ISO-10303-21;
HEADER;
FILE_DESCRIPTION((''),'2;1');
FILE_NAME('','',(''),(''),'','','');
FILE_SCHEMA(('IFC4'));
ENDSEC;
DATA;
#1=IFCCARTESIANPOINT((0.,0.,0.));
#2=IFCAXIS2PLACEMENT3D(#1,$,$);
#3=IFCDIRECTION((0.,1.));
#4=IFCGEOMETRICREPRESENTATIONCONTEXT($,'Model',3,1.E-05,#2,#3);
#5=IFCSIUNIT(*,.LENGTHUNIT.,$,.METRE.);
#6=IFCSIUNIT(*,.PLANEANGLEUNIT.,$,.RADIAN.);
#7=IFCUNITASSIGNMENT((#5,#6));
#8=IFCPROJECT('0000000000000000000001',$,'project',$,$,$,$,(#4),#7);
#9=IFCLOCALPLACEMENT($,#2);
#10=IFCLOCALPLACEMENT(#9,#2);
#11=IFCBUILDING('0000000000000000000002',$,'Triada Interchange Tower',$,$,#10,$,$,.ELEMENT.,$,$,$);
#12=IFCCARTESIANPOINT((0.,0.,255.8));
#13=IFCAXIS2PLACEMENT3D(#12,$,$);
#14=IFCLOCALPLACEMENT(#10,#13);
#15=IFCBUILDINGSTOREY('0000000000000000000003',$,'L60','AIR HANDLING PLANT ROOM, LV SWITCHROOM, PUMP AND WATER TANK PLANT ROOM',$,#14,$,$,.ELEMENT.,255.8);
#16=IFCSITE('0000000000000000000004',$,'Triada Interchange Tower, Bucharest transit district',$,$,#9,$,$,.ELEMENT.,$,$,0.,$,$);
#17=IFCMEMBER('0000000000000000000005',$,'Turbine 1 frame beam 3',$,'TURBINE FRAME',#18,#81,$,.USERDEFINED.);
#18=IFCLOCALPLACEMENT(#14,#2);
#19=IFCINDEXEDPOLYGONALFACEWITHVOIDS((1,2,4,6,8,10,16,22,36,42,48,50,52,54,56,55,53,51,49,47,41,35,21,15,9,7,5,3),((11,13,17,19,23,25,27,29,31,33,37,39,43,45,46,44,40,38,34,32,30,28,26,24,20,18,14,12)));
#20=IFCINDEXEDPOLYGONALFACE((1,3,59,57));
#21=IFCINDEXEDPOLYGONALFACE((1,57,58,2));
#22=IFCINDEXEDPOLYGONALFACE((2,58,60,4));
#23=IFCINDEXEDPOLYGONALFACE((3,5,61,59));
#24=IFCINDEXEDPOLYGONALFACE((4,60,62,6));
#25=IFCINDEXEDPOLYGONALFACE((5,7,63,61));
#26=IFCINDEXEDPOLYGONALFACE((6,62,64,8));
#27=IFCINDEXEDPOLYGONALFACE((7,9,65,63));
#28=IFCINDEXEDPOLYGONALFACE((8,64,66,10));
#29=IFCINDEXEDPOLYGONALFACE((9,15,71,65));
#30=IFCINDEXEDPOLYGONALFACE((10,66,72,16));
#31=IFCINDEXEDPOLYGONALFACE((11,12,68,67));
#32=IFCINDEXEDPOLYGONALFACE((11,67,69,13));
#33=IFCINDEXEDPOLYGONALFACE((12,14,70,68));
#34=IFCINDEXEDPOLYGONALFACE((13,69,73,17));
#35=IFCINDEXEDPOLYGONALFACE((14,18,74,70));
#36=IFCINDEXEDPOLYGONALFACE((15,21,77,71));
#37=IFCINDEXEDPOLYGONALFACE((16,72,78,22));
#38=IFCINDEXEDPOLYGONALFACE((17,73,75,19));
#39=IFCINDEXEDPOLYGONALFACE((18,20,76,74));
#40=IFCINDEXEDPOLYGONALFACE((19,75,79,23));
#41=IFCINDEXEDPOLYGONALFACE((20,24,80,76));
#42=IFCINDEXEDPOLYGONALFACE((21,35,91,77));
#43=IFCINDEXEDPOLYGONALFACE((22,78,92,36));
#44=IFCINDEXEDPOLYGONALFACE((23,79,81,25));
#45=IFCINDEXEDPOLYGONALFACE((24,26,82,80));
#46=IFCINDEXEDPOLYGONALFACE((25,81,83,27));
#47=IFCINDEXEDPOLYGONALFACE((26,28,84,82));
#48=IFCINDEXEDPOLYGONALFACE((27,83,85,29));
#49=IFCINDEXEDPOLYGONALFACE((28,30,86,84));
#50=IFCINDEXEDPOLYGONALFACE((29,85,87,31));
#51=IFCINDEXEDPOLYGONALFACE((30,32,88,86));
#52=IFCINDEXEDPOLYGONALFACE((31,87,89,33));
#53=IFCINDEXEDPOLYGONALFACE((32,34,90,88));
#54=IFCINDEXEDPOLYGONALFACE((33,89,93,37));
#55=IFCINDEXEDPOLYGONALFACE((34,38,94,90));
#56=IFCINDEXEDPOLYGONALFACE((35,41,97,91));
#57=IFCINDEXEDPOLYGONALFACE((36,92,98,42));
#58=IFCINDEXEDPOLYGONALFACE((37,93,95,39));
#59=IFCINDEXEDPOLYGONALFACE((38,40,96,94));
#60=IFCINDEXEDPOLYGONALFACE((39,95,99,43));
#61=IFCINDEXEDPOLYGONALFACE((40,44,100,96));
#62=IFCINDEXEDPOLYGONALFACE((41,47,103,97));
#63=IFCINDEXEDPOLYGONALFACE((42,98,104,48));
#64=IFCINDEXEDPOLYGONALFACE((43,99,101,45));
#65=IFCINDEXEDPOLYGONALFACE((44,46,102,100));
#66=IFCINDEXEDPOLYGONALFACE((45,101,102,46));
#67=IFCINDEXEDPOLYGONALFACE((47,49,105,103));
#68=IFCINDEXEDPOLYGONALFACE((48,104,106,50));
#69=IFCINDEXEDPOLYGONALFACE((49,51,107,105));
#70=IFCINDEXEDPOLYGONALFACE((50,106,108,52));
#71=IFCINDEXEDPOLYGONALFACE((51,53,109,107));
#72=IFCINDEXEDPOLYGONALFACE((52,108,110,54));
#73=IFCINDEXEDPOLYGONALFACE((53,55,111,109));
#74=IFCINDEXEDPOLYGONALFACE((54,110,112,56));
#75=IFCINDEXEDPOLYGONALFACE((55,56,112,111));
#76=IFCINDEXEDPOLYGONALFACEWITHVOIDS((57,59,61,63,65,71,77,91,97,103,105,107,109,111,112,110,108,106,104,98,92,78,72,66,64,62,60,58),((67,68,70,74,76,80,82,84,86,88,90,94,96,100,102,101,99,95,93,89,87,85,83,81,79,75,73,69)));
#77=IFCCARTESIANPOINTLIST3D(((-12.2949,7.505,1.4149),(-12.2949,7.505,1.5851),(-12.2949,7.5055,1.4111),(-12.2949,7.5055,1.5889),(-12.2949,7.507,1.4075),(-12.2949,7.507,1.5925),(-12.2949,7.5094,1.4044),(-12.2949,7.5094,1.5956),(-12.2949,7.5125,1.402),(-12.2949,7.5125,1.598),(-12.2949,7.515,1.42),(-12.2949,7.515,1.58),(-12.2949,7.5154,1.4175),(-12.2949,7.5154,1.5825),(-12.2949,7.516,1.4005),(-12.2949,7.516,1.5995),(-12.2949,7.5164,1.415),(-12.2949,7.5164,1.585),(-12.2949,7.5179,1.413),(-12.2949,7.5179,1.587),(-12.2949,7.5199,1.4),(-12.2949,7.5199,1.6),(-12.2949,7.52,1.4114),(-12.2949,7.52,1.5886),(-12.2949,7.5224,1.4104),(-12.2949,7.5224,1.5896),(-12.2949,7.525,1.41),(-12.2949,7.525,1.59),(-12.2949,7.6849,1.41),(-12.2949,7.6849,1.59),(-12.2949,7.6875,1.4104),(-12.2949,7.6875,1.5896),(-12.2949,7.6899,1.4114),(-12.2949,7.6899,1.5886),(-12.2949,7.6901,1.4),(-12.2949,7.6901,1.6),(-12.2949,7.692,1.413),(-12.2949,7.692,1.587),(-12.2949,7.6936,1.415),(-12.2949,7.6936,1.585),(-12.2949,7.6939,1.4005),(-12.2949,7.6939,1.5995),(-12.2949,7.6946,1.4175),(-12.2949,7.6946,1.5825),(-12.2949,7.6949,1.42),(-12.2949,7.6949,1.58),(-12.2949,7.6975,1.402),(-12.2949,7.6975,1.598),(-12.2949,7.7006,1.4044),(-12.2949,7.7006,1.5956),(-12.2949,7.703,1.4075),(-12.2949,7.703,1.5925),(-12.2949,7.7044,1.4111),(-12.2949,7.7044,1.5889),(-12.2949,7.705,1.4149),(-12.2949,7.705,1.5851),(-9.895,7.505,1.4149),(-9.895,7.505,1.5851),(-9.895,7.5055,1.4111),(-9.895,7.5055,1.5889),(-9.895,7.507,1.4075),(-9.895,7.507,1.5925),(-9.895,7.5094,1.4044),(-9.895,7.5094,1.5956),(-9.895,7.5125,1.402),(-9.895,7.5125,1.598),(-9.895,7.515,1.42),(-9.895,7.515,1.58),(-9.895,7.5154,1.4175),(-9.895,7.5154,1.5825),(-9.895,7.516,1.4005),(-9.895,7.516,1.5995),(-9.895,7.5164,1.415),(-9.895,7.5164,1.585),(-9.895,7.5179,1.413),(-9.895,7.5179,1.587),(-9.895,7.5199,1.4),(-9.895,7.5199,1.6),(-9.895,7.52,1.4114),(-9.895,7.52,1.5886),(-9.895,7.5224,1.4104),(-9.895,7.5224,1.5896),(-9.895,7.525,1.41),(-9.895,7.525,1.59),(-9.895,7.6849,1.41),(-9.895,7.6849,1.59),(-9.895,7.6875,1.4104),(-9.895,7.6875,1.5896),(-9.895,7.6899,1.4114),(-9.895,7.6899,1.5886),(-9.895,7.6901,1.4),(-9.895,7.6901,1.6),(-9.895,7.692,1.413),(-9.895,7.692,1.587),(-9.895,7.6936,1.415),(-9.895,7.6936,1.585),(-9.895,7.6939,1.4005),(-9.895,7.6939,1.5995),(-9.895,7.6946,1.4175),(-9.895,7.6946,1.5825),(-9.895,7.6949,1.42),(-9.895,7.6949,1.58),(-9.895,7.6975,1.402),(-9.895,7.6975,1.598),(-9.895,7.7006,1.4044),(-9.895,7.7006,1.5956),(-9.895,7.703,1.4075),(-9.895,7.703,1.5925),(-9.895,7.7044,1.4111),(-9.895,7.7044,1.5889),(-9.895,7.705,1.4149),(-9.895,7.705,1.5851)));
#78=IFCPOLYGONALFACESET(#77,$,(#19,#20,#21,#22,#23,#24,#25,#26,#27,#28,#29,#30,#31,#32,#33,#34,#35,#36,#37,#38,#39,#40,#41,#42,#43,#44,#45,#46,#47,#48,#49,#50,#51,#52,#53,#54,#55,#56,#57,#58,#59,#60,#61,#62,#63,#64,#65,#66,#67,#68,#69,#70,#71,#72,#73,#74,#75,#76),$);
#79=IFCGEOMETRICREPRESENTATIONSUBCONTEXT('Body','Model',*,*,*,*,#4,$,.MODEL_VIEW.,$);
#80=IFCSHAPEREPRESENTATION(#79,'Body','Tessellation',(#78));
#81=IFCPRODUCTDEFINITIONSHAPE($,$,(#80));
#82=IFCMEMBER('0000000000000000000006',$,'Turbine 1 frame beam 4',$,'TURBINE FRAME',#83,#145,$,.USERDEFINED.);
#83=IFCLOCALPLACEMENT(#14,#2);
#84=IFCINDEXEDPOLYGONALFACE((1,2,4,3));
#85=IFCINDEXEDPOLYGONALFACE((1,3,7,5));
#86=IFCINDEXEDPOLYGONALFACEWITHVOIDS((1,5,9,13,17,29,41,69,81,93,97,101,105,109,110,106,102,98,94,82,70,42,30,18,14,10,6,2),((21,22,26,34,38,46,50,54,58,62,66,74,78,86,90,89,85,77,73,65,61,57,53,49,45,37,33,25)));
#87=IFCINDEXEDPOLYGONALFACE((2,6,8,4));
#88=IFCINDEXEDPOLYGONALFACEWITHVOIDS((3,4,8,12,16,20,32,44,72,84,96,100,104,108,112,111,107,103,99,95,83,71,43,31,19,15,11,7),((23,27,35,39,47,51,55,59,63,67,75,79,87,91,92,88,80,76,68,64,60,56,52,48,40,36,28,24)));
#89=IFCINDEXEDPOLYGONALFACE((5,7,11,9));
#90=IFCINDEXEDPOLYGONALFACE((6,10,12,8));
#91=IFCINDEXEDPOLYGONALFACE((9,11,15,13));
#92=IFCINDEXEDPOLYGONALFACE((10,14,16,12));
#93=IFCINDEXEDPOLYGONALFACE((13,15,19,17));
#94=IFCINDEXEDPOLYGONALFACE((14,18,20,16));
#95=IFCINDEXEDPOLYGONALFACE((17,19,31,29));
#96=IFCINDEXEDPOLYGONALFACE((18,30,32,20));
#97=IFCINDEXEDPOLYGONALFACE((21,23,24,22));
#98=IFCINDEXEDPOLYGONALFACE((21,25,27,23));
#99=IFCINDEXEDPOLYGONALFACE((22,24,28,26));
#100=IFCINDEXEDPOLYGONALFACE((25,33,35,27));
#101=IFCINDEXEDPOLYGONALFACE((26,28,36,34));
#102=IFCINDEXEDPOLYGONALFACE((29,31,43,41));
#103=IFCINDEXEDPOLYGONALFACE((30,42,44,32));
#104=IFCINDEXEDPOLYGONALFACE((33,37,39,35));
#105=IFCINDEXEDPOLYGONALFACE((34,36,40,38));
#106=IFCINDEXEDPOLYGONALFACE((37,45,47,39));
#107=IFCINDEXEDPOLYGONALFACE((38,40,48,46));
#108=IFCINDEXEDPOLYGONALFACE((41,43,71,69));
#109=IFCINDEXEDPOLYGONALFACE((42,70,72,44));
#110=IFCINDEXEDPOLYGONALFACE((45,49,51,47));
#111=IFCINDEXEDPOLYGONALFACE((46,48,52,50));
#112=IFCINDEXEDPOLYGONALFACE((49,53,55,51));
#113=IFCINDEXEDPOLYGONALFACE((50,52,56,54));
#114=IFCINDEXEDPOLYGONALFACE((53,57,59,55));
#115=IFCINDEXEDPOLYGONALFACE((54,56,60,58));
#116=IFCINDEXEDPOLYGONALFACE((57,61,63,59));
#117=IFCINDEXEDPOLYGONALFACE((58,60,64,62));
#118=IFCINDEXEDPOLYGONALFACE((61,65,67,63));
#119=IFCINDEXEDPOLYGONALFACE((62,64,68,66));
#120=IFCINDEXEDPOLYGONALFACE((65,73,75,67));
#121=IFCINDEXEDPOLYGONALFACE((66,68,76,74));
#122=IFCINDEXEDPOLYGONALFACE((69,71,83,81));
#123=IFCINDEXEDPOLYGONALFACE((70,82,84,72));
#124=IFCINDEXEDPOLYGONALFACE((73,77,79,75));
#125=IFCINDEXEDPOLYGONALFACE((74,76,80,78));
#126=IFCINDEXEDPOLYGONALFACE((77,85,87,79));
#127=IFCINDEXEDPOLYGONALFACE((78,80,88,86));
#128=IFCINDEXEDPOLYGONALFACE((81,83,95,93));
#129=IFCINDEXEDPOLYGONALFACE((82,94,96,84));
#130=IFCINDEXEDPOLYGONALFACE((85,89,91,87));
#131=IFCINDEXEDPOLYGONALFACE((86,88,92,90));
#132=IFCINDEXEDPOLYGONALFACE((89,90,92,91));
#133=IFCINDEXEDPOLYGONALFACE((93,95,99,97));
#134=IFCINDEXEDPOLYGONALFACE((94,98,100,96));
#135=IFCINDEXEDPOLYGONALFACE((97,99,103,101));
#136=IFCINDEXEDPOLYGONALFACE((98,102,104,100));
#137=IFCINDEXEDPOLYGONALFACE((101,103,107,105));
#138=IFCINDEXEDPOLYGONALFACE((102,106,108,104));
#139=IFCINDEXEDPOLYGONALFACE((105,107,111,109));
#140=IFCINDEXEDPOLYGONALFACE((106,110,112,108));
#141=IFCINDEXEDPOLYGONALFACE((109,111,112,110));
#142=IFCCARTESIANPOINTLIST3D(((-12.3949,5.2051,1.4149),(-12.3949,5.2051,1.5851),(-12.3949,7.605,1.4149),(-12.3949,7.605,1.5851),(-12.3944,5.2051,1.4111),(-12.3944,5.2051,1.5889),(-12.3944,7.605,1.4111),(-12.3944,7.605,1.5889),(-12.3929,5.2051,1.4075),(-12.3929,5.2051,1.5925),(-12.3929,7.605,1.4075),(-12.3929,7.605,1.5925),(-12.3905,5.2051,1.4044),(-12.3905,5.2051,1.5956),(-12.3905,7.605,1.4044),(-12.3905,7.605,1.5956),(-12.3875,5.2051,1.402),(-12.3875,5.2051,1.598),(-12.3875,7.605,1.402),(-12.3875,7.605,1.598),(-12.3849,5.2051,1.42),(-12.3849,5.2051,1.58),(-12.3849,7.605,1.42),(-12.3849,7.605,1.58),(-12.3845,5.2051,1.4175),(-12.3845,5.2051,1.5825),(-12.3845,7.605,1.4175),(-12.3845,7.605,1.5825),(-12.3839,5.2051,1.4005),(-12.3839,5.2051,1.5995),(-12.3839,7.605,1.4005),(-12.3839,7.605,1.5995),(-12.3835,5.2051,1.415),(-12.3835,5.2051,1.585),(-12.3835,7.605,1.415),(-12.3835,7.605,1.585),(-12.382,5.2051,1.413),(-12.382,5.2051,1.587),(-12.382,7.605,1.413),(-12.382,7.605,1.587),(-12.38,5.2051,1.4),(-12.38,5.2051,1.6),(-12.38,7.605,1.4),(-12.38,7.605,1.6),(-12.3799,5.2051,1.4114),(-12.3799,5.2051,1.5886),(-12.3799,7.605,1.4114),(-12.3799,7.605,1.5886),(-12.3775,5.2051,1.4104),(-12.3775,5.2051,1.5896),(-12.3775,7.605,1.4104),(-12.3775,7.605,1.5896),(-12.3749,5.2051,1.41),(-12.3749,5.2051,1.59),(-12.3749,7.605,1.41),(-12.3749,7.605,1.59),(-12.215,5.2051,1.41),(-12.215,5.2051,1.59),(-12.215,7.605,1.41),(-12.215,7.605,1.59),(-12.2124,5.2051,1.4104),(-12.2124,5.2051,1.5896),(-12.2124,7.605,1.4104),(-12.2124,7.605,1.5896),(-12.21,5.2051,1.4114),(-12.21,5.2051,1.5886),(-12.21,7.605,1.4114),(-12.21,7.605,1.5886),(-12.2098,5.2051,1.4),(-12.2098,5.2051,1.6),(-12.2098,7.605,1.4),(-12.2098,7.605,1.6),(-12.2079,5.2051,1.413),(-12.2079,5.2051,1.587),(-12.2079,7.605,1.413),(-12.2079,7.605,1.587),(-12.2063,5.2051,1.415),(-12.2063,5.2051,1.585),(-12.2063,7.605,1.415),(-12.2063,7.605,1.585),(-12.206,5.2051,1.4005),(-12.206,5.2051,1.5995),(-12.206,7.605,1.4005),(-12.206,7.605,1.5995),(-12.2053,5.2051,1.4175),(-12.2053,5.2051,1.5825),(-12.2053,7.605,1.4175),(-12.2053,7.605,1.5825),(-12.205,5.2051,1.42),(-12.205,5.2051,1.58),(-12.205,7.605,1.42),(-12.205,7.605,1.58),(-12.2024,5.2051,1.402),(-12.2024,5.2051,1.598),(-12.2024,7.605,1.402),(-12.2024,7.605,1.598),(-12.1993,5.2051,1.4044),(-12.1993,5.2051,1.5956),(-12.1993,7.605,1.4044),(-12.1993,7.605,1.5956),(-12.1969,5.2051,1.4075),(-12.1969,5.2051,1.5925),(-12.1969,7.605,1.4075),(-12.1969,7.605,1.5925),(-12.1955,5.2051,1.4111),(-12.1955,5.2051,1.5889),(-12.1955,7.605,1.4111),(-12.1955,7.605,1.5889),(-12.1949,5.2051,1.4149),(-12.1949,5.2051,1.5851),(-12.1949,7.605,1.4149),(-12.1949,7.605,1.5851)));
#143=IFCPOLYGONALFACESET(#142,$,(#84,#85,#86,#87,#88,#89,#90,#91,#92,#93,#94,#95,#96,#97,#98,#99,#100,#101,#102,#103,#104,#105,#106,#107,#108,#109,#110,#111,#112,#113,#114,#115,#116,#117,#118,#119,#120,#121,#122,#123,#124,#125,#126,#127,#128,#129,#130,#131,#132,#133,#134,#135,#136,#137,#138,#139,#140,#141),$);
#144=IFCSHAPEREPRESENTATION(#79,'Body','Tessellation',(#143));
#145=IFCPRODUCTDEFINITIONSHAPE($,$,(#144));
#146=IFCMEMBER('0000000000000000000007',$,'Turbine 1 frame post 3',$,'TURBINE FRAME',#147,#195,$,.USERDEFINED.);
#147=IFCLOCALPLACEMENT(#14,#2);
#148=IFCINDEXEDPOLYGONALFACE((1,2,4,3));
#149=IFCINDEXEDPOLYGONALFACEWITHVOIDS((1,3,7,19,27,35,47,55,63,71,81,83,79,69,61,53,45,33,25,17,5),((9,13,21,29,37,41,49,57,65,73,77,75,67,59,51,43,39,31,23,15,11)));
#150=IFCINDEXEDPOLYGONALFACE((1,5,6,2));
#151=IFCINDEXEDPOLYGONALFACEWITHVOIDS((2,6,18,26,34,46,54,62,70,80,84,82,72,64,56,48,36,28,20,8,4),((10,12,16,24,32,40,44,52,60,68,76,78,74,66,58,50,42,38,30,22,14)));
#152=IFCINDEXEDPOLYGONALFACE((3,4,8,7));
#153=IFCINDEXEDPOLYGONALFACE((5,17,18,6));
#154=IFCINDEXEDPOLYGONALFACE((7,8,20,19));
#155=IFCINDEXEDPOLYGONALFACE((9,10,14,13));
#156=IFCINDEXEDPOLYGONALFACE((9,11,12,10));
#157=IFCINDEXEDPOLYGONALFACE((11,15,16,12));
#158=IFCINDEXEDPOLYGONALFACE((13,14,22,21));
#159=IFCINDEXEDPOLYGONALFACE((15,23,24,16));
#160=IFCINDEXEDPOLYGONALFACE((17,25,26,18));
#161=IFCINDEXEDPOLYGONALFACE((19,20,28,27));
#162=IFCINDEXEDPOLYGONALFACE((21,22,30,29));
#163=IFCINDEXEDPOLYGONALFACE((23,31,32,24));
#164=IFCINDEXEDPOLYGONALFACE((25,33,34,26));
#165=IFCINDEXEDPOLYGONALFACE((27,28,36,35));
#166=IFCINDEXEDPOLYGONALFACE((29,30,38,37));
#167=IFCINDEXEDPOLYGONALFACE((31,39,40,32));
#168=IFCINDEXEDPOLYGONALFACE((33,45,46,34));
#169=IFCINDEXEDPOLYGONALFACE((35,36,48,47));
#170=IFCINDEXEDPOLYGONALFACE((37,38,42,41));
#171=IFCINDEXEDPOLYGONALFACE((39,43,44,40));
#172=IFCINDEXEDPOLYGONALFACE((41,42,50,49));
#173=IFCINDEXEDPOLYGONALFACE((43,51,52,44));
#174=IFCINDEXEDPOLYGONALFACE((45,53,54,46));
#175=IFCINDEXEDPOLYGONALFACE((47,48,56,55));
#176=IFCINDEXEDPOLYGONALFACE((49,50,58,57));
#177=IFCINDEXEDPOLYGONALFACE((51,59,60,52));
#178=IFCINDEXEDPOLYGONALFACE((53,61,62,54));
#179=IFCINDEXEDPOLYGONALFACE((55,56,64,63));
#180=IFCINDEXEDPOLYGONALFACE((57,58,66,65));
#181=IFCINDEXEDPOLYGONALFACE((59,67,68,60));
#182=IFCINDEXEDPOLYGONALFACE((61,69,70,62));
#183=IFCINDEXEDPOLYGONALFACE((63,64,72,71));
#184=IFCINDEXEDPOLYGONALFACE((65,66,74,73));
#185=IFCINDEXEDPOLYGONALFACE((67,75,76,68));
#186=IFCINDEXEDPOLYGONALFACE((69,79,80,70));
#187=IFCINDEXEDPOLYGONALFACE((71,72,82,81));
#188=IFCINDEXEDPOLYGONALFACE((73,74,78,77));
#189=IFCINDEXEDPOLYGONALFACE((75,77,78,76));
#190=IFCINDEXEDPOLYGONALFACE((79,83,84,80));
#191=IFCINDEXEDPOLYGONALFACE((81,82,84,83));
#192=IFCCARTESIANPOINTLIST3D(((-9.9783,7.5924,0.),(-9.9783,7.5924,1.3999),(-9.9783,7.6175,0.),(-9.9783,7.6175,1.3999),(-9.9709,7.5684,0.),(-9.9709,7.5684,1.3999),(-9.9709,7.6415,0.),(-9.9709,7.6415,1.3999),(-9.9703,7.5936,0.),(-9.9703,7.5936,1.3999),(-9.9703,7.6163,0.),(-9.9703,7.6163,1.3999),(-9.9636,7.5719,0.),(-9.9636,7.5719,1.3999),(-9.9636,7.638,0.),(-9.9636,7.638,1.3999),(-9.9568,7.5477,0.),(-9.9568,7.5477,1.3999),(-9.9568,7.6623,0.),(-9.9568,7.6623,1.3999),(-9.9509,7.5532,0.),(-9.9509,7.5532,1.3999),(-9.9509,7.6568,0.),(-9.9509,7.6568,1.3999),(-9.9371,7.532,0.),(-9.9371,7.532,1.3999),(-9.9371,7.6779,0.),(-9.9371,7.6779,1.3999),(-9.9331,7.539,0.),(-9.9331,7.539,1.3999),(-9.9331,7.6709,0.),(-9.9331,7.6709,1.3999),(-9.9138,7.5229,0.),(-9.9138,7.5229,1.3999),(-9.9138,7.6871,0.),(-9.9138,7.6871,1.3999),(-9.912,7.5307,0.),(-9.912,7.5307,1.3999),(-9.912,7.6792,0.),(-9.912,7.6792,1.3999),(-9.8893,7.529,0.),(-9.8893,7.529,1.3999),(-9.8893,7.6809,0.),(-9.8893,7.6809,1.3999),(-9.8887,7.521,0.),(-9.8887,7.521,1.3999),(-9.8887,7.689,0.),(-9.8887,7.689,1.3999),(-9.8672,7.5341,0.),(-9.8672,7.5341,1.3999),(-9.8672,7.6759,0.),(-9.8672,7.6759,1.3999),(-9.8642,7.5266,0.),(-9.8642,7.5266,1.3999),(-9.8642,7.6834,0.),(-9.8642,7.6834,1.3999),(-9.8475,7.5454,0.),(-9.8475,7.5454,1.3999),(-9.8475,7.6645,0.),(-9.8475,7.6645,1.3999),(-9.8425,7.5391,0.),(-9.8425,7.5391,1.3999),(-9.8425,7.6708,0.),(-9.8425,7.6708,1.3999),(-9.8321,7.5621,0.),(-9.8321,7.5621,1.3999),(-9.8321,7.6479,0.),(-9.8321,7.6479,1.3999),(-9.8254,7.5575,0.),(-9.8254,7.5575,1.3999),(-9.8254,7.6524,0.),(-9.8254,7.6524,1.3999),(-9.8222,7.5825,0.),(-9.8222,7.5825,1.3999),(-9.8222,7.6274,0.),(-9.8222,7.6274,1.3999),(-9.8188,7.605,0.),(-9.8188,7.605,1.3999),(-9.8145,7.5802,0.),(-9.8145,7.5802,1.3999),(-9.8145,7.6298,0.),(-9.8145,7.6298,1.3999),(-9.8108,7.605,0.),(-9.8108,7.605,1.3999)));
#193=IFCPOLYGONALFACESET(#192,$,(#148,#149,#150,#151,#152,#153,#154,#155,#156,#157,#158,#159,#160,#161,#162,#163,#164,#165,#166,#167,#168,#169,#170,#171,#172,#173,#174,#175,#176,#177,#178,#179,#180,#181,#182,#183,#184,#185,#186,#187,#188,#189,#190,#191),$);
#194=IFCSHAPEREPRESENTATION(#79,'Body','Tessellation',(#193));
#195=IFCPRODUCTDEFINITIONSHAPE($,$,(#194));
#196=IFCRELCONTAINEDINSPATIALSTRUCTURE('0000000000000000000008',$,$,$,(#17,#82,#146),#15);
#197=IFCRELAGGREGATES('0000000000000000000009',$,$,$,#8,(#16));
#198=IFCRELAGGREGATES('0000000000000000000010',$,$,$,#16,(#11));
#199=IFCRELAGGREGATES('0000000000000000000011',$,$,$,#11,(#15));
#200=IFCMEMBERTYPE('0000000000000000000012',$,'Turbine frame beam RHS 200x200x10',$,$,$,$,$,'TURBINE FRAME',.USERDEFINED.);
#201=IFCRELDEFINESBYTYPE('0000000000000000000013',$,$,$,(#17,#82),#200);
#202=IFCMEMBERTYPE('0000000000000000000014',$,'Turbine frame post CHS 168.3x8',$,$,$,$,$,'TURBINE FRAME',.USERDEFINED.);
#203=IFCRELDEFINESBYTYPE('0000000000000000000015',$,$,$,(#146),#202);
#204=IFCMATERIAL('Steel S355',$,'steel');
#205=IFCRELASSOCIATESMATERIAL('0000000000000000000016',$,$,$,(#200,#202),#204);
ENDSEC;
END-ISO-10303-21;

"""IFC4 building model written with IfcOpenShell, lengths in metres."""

from ifc_helpers import new_model, si_unit, direction, frame, origin, origin_2d, place, context, subcontext, project, spatial, hollow_rectangle, hollow_circle, extrude, material, material_profile, profile_set, type_object, element, save


model = new_model("IFC4")

# Units and contexts
model_context = context("Model", 3, precision=1e-05, world=origin(), true_north=direction((0.0, 1.0)))
body_context = subcontext(model_context, "Body", "Model", "MODEL_VIEW")
ifc_project = project(units=[si_unit("LENGTHUNIT", "METRE"), si_unit("PLANEANGLEUNIT", "RADIAN")], contexts=[model_context])

# Site, building, storey
site_placement = place(None, origin())
site = spatial("IfcSite", under=ifc_project, at=site_placement, Name="Triada Interchange Tower, Bucharest transit district", CompositionType="ELEMENT", RefElevation=0.0)
building_placement = place(site_placement, origin())
building = spatial("IfcBuilding", under=site, at=building_placement, Name="Triada Interchange Tower", CompositionType="ELEMENT")
storey_placement = place(building_placement, frame((0.0, 0.0, 255.8)))
storey = spatial("IfcBuildingStorey", under=building, at=storey_placement, Name="L60", Description="AIR HANDLING PLANT ROOM, LV SWITCHROOM, PUMP AND WATER TANK PLANT ROOM", CompositionType="ELEMENT", Elevation=255.8)

# Members
ifc_material_1 = material(Name="Steel S355", Category="steel")
ifc_material_profile_1 = material_profile(ifc_material_1, hollow_rectangle(XDim=0.2, YDim=0.2, WallThickness=0.01, InnerFilletRadius=0.01, OuterFilletRadius=0.0149, at=origin_2d()), Name="RHS 200x200x10")
ifc_profile_set_1 = profile_set([ifc_material_profile_1], Name="Steel S355")
member_type_1 = type_object("IfcMemberType", Name="Turbine frame beam RHS 200x200x10", ElementType="TURBINE FRAME", PredefinedType="USERDEFINED", material=ifc_profile_set_1)
for number, where, z_axis, x_axis, name in (
    (1, (-9.895, 7.605, 1.5), (-1.0, 0.0, 0.0), (0.0, -1.0, 0.0), "Turbine 1 frame beam 3"),
    (2, (-12.2949, 7.605, 1.5), (0.0, -1.0, 0.0), (1.0, 0.0, 0.0), "Turbine 1 frame beam 4"),
):
    element("IfcMember", number, at=place(storey_placement, frame(where, z_axis=z_axis, x_axis=x_axis)), inside=storey, type_object=member_type_1, Name=name, ObjectType="TURBINE FRAME", PredefinedType="USERDEFINED", context=body_context, shape_type="SweptSolid", body=[
        extrude(hollow_rectangle(XDim=0.2, YDim=0.2, WallThickness=0.01, InnerFilletRadius=0.01, OuterFilletRadius=0.0149, at=origin_2d()), origin(), (0.0, 0.0, 1.0), 2.3999),
    ])
ifc_material_profile_2 = material_profile(ifc_material_1, hollow_circle(Radius=0.0842, WallThickness=0.0081, at=origin_2d()), Name="CHS 168.3x8")
ifc_profile_set_2 = profile_set([ifc_material_profile_2], Name="Steel S355")
member_type_2 = type_object("IfcMemberType", Name="Turbine frame post CHS 168.3x8", ElementType="TURBINE FRAME", PredefinedType="USERDEFINED", material=ifc_profile_set_2)
for number, where, z_axis, x_axis, name in (
    (3, (-9.895, 7.605, 0.0), (0.0, 0.0, 1.0), (1.0, 0.0, 0.0), "Turbine 1 frame post 3"),
):
    element("IfcMember", number, at=place(storey_placement, frame(where, z_axis=z_axis, x_axis=x_axis)), inside=storey, type_object=member_type_2, Name=name, ObjectType="TURBINE FRAME", PredefinedType="USERDEFINED", context=body_context, shape_type="SweptSolid", body=[
        extrude(hollow_circle(Radius=0.0842, WallThickness=0.0081, at=origin_2d()), origin(), (0.0, 0.0, 1.0), 1.3999),
    ])

save(model, "model.ifc")
